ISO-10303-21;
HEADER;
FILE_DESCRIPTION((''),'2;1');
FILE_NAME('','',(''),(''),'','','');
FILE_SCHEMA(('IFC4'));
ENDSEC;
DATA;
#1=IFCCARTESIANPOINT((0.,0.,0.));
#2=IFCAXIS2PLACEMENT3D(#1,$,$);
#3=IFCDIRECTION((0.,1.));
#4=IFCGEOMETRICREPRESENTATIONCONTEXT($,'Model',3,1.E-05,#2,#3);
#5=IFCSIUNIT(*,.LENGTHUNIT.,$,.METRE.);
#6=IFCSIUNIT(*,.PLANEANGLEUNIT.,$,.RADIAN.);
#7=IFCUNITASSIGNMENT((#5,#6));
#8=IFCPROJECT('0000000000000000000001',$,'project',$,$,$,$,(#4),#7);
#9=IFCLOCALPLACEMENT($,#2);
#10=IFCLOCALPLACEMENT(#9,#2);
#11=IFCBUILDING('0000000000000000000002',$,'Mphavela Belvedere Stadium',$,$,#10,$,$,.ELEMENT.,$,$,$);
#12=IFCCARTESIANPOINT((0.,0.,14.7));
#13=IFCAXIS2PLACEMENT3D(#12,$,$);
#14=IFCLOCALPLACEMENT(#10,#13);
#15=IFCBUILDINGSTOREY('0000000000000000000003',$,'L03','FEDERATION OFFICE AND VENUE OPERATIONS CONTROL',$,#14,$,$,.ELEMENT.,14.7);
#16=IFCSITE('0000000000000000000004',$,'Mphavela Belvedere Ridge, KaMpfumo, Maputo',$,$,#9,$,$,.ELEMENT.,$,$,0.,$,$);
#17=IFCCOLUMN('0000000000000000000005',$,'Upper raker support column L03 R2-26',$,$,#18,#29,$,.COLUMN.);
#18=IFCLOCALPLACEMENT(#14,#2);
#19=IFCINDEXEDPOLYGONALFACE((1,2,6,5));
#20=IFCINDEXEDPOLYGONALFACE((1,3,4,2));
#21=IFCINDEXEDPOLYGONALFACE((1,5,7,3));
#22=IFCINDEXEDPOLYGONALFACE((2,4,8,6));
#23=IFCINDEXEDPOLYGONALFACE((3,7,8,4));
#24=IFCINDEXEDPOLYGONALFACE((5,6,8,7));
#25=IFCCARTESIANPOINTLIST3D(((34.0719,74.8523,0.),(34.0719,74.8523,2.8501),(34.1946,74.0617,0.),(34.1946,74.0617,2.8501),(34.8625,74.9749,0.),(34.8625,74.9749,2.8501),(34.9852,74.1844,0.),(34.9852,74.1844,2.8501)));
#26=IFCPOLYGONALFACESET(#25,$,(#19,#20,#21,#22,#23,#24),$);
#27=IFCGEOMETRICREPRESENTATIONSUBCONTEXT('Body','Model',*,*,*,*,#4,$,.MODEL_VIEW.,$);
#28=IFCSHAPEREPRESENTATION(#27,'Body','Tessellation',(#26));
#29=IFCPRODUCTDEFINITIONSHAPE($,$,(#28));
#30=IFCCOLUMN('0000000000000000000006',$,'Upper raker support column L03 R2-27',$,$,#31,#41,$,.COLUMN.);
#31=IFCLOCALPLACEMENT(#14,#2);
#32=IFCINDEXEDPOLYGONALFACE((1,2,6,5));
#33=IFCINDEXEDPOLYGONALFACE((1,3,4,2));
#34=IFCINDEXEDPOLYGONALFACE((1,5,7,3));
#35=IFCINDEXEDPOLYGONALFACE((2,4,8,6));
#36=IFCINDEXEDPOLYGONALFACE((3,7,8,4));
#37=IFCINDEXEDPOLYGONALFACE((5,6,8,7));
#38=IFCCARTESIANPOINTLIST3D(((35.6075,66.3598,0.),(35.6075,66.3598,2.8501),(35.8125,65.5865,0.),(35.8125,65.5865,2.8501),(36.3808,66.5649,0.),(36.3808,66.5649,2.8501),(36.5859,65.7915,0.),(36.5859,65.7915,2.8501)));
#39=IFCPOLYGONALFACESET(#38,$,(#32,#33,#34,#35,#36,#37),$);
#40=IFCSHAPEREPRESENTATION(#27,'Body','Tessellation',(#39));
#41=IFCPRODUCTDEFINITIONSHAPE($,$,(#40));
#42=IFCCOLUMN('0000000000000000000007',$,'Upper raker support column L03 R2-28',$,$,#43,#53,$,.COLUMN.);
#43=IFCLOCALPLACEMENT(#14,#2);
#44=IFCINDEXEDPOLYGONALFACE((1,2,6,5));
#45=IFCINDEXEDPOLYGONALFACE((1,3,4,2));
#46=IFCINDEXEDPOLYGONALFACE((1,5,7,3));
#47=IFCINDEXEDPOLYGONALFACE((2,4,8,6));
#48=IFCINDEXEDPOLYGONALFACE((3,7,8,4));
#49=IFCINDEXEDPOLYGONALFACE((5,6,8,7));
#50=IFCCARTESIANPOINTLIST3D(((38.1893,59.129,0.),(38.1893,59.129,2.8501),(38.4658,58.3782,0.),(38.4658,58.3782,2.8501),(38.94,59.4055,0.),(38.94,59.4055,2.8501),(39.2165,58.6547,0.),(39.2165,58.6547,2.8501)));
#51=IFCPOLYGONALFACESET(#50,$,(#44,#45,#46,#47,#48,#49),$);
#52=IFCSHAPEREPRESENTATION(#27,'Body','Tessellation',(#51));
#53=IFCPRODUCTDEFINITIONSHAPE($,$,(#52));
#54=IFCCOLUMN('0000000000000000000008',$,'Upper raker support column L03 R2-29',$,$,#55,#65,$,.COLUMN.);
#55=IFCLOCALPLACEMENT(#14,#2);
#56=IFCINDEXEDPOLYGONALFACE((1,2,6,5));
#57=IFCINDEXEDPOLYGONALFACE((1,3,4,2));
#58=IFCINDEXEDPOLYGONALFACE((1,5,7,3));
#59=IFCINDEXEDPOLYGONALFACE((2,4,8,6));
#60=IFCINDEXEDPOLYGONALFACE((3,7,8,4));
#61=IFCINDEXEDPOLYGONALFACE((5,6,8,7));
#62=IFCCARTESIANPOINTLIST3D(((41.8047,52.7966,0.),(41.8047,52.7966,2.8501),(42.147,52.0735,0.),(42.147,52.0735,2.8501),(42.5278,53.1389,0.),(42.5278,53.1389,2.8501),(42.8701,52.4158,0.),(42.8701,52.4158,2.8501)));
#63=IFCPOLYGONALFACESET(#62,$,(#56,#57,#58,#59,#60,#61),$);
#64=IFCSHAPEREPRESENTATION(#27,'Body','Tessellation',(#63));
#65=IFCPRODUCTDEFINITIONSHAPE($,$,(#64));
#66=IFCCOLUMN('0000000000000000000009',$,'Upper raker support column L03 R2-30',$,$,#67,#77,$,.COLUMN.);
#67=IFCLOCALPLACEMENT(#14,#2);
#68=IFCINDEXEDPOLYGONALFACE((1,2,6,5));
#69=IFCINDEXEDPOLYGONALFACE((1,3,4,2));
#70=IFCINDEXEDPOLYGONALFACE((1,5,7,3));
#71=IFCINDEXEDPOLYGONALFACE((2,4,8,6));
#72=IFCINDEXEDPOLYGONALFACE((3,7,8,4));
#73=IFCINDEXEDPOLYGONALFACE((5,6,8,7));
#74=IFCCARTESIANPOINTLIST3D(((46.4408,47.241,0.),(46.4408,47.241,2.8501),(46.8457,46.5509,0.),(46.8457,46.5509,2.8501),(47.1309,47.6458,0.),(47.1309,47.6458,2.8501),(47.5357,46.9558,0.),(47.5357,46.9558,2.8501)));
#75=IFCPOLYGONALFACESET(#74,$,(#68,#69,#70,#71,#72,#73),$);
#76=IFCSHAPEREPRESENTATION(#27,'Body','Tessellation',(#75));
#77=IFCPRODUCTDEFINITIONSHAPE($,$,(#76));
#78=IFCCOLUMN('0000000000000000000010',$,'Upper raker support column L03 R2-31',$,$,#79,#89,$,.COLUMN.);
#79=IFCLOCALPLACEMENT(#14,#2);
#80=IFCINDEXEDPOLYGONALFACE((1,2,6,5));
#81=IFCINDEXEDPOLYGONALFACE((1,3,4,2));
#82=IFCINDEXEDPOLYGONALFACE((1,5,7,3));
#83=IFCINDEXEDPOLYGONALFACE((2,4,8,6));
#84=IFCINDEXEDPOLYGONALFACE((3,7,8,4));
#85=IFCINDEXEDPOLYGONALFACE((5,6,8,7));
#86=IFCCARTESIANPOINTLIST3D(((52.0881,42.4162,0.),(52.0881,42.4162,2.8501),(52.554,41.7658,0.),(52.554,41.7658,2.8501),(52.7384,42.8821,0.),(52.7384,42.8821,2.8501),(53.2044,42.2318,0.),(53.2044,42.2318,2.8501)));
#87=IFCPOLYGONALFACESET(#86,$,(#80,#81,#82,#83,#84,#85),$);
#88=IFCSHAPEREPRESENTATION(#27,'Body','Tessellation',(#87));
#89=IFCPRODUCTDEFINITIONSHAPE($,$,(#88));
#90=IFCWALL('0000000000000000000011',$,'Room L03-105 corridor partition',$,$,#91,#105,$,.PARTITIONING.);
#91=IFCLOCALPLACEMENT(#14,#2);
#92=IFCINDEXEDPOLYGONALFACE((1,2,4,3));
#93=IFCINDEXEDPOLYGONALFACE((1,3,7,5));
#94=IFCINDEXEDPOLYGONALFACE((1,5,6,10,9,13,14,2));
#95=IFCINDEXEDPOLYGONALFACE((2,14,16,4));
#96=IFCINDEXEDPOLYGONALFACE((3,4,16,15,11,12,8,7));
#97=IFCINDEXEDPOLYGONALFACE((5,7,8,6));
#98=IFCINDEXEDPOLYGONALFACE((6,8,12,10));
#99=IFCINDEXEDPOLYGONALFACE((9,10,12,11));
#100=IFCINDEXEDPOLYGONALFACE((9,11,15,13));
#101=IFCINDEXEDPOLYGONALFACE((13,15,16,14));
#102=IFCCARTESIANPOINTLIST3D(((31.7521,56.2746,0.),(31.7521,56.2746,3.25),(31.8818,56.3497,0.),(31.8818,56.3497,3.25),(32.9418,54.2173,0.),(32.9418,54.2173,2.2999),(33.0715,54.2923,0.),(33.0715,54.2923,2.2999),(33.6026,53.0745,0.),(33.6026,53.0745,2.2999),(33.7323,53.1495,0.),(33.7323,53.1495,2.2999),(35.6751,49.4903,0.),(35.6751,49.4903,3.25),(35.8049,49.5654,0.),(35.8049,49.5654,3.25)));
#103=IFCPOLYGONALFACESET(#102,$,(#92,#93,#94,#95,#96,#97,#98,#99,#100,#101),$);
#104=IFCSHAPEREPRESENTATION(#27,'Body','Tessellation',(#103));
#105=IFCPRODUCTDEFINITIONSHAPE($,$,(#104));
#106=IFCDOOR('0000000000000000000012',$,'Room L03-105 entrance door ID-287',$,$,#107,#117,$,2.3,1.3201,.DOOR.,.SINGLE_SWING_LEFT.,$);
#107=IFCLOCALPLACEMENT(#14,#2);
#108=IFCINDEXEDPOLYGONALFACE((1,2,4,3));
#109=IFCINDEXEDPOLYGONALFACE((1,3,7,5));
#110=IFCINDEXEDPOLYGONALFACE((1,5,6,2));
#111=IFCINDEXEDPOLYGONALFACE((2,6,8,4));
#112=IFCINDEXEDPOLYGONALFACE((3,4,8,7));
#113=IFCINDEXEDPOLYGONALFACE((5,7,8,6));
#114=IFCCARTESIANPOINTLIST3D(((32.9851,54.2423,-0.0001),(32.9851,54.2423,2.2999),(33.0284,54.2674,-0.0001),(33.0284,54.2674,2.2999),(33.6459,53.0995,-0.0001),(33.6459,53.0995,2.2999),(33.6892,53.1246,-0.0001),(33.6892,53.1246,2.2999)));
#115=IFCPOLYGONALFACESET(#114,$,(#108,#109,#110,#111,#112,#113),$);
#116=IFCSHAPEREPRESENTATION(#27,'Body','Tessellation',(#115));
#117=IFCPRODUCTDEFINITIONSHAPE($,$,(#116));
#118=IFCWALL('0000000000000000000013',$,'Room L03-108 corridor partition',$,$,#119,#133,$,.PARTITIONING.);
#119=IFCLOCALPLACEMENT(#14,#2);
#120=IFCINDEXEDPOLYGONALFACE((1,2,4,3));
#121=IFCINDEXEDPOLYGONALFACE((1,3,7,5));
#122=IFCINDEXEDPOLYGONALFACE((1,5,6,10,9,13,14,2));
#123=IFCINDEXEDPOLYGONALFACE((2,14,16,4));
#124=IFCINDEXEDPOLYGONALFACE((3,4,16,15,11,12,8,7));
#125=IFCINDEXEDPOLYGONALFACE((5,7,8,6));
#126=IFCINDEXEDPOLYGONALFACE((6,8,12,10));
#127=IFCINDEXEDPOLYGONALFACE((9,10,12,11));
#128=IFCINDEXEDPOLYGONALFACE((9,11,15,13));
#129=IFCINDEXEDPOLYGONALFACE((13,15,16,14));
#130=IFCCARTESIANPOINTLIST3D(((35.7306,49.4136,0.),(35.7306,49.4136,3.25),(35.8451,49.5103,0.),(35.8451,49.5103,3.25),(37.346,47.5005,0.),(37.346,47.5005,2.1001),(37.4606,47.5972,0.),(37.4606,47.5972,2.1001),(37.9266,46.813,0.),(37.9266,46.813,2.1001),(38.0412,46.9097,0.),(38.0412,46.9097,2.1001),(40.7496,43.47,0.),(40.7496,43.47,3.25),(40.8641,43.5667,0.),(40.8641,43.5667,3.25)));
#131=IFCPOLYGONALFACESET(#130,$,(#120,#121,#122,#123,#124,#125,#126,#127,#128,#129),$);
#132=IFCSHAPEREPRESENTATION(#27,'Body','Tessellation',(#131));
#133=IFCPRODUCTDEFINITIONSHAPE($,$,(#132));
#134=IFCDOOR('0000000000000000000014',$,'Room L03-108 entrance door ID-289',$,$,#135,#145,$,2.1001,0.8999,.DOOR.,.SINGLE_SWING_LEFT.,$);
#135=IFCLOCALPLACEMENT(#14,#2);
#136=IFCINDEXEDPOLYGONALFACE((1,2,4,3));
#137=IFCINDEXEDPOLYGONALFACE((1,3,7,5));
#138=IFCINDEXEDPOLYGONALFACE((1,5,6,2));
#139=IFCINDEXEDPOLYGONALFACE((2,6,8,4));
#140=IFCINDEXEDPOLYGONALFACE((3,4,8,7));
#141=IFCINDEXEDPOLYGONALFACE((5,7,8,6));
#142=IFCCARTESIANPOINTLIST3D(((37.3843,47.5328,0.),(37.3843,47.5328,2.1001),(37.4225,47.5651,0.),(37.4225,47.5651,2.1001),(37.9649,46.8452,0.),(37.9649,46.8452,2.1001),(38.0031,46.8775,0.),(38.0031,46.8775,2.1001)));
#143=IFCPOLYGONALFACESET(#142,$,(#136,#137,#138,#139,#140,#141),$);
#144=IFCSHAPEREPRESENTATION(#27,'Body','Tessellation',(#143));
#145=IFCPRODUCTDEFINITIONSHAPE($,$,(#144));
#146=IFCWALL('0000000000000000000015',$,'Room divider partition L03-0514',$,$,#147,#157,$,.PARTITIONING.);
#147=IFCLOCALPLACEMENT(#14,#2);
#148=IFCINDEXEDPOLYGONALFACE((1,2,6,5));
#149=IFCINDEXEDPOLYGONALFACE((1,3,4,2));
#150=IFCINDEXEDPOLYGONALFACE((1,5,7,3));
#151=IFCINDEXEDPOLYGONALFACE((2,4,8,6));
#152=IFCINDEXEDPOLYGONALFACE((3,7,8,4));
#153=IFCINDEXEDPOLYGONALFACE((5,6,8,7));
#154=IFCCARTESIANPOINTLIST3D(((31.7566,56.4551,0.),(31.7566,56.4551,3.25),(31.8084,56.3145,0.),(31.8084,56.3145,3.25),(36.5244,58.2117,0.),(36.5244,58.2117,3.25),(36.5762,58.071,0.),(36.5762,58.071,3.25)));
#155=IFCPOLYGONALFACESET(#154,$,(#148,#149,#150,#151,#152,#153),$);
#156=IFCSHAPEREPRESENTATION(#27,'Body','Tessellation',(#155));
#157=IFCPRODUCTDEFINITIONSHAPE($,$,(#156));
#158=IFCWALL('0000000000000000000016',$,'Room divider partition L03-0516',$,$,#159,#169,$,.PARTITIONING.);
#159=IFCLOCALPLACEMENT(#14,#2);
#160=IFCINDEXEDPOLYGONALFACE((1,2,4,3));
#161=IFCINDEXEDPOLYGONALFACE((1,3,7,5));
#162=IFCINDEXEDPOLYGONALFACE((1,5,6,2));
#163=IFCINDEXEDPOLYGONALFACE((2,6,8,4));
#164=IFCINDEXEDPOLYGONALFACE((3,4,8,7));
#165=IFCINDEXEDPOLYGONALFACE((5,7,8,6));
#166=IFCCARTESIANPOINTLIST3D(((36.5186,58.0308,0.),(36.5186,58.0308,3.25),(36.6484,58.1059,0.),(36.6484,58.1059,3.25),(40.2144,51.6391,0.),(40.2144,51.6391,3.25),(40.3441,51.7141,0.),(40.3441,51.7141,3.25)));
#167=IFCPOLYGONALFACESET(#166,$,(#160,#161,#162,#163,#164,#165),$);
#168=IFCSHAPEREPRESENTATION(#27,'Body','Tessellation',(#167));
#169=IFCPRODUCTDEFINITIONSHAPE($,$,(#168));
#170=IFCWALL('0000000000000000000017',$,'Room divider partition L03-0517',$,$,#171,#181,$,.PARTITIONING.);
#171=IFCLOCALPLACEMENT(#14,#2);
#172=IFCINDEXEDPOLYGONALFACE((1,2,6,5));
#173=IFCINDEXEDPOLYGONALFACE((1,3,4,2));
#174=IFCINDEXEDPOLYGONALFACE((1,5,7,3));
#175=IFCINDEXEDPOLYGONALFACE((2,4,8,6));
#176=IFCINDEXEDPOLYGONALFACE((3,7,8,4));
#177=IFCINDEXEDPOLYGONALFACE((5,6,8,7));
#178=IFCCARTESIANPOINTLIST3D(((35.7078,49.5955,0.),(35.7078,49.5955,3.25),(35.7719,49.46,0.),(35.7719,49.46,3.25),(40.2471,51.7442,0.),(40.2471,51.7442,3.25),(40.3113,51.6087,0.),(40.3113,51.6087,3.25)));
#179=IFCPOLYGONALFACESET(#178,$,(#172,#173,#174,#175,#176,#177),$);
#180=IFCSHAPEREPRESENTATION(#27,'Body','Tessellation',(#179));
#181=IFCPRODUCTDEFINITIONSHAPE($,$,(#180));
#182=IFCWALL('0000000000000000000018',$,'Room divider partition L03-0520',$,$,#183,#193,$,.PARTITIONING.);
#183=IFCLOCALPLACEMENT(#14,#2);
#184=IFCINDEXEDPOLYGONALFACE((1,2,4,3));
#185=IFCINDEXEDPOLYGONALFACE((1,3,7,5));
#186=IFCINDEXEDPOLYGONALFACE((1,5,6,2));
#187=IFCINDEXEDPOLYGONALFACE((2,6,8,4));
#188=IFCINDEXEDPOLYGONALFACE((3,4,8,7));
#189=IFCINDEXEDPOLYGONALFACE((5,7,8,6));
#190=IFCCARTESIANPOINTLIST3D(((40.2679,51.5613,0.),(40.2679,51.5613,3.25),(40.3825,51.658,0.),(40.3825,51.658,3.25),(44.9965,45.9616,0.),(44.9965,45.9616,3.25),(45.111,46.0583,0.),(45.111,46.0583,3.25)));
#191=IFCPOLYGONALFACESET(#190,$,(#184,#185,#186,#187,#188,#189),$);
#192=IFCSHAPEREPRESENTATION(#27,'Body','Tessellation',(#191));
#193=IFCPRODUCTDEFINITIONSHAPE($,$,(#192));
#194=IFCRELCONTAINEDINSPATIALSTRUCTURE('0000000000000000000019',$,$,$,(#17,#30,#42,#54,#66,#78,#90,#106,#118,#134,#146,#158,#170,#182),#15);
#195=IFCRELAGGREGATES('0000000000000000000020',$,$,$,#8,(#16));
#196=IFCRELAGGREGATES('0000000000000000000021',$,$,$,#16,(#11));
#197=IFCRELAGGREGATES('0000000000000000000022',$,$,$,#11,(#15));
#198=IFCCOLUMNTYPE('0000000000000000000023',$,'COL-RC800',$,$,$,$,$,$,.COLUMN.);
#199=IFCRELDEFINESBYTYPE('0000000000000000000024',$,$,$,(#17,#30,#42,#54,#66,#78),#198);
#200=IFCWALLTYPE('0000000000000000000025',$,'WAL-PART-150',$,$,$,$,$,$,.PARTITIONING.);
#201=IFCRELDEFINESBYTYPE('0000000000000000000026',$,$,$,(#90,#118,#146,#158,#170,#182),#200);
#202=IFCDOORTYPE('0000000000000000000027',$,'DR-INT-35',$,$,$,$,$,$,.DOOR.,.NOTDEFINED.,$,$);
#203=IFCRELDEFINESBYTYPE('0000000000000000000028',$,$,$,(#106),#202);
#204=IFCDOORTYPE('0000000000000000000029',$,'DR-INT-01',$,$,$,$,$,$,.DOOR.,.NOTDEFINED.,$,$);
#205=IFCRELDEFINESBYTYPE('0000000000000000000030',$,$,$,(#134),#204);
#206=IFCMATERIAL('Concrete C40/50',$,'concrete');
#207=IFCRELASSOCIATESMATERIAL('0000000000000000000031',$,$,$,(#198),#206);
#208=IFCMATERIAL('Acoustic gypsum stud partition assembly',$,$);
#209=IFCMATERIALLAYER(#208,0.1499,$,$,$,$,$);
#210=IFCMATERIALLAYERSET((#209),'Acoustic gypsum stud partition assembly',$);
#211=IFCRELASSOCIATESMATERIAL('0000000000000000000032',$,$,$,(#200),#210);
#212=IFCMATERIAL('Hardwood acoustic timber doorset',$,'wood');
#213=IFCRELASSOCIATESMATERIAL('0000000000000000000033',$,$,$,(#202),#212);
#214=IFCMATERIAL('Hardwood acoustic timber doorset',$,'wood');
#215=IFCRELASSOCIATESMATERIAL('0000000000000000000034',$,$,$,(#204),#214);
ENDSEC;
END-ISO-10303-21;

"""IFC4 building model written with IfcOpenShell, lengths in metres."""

from ifc_helpers import new_model, si_unit, direction, frame, frame_2d, origin, origin_2d, place, context, subcontext, project, spatial, rectangle, extrude, material, layer, layer_set, material_profile, profile_set, type_object, element, fill, save


model = new_model("IFC4")

# Units and contexts
model_context = context("Model", 3, precision=1e-05, world=origin(), true_north=direction((0.0, 1.0)))
body_context = subcontext(model_context, "Body", "Model", "MODEL_VIEW")
ifc_project = project(units=[si_unit("LENGTHUNIT", "METRE"), si_unit("PLANEANGLEUNIT", "RADIAN")], contexts=[model_context])

# Site, building, storey
site_placement = place(None, origin())
site = spatial("IfcSite", under=ifc_project, at=site_placement, Name="Mphavela Belvedere Ridge, KaMpfumo, Maputo", CompositionType="ELEMENT", RefElevation=0.0)
building_placement = place(site_placement, origin())
building = spatial("IfcBuilding", under=site, at=building_placement, Name="Mphavela Belvedere Stadium", CompositionType="ELEMENT")
storey_placement = place(building_placement, frame((0.0, 0.0, 14.7)))
storey = spatial("IfcBuildingStorey", under=building, at=storey_placement, Name="L03", Description="FEDERATION OFFICE AND VENUE OPERATIONS CONTROL", CompositionType="ELEMENT", Elevation=14.7)

# Columns
ifc_material_1 = material(Name="Concrete C40/50", Category="concrete")
ifc_material_profile = material_profile(ifc_material_1, rectangle(XDim=0.8, YDim=0.8, at=origin_2d()), Name="RC 800x800")
ifc_profile_set = profile_set([ifc_material_profile], Name="Concrete C40/50")
column_type = type_object("IfcColumnType", Name="COL-RC800", PredefinedType="COLUMN", material=ifc_profile_set)
for number, where, z_axis, x_axis, name in (
    (1, (34.5286, 74.5183, 0.0), (0.0, 0.0, 1.0), (-0.988175, -0.153331, 0.0), "Upper raker support column L03 R2-26"),
    (2, (36.0967, 66.0757, 0.0), (0.0, 0.0, 1.0), (-0.9666, -0.256289, 0.0), "Upper raker support column L03 R2-27"),
    (3, (38.7029, 58.8918, 0.0), (0.0, 0.0, 1.0), (-0.938372, -0.345626, 0.0), "Upper raker support column L03 R2-28"),
    (4, (42.3374, 52.6062, 0.0), (0.0, 0.0, 1.0), (-0.903859, -0.427831, 0.0), "Upper raker support column L03 R2-29"),
    (5, (46.9883, 47.0984, 0.0), (0.0, 0.0, 1.0), (-0.862514, -0.506034, 0.0), "Upper raker support column L03 R2-30"),
    (6, (52.6462, 42.324, 0.0), (0.0, 0.0, 1.0), (-0.812898, -0.582407, 0.0), "Upper raker support column L03 R2-31"),
):
    element("IfcColumn", number, at=place(storey_placement, frame(where, z_axis=z_axis, x_axis=x_axis)), inside=storey, type_object=column_type, Name=name, PredefinedType="COLUMN", context=body_context, shape_type="SweptSolid", body=[
        extrude(rectangle(XDim=0.8, YDim=0.8, at=origin_2d()), origin(), (0.0, 0.0, 1.0), 2.8501),
    ])

# Walls, openings, doors
ifc_material_2 = material(Name="Acoustic gypsum stud partition assembly")
ifc_layer = layer(ifc_material_2, 0.1499)
ifc_layer_set = layer_set([ifc_layer], Name="Acoustic gypsum stud partition assembly")
wall_type = type_object("IfcWallType", Name="WAL-PART-150", PredefinedType="PARTITIONING", material=ifc_layer_set)
wall_1_placement = place(storey_placement, frame((35.74, 49.5278, 0.0), z_axis=(0.0, 0.0, 1.0), x_axis=(-0.500584, 0.865688, 0.0)))
wall_1 = element("IfcWall", 7, at=wall_1_placement, inside=storey, type_object=wall_type, Name="Room L03-105 corridor partition", PredefinedType="PARTITIONING", context=body_context, shape_type="SweptSolid", body=[
    extrude(rectangle(XDim=7.8369, YDim=0.1499, at=frame_2d((3.9185, 0.0))), origin(), (0.0, 0.0, 1.0), 3.25),
])
opening_1_placement = place(wall_1_placement, frame((4.1401, 0.0, 0.0)))
opening_1 = element("IfcOpeningElement", 8, at=opening_1_placement, cuts=wall_1, PredefinedType="OPENING", context=body_context, shape_type="SweptSolid", body=[
    extrude(rectangle(XDim=1.3201, YDim=2.3, at=frame_2d((0.6602, 1.1499))), frame((0.0, 0.085, 0.0), z_axis=(0.0, -1.0, 0.0), x_axis=(1.0, 0.0, 0.0)), (0.0, 0.0, 1.0), 0.1699),
])
ifc_material_3 = material(Name="Hardwood acoustic timber doorset", Category="wood")
door_type_1 = type_object("IfcDoorType", Name="DR-INT-35", OperationType="NOTDEFINED", PredefinedType="DOOR", material=ifc_material_3)
door_1_placement = place(opening_1_placement, origin())
door_1 = element("IfcDoor", 9, at=door_1_placement, inside=storey, type_object=door_type_1, Name="Room L03-105 entrance door ID-287", OperationType="SINGLE_SWING_LEFT", OverallHeight=2.3, OverallWidth=1.3201, PredefinedType="DOOR", context=body_context, shape_type="SweptSolid", body=[
    extrude(rectangle(XDim=1.3201, YDim=2.3, at=frame_2d((0.6602, 1.1499))), frame((0.0, 0.0249, 0.0), z_axis=(0.0, -1.0, 0.0), x_axis=(1.0, 0.0, 0.0)), (0.0, 0.0, 1.0), 0.05),
])
fill(opening_1, door_1)
wall_2_placement = place(storey_placement, frame((40.8069, 43.5183, 0.0), z_axis=(0.0, 0.0, 1.0), x_axis=(-0.645181, 0.76403, 0.0)))
wall_2 = element("IfcWall", 10, at=wall_2_placement, inside=storey, type_object=wall_type, Name="Room L03-108 corridor partition", PredefinedType="PARTITIONING", context=body_context, shape_type="SweptSolid", body=[
    extrude(rectangle(XDim=7.7793, YDim=0.1499, at=frame_2d((3.8896, 0.0))), origin(), (0.0, 0.0, 1.0), 3.25),
])
opening_2_placement = place(wall_2_placement, frame((4.3755, 0.0, 0.0)))
opening_2 = element("IfcOpeningElement", 11, at=opening_2_placement, cuts=wall_2, PredefinedType="OPENING", context=body_context, shape_type="SweptSolid", body=[
    extrude(rectangle(XDim=0.8999, YDim=2.1001, at=frame_2d((0.45, 1.05))), frame((0.0, 0.085, 0.0), z_axis=(0.0, -1.0, 0.0), x_axis=(1.0, 0.0, 0.0)), (0.0, 0.0, 1.0), 0.1699),
])
ifc_material_4 = material(Name="Hardwood acoustic timber doorset", Category="wood")
door_type_2 = type_object("IfcDoorType", Name="DR-INT-01", OperationType="NOTDEFINED", PredefinedType="DOOR", material=ifc_material_4)
door_2_placement = place(opening_2_placement, origin())
door_2 = element("IfcDoor", 12, at=door_2_placement, inside=storey, type_object=door_type_2, Name="Room L03-108 entrance door ID-289", OperationType="SINGLE_SWING_LEFT", OverallHeight=2.1001, OverallWidth=0.8999, PredefinedType="DOOR", context=body_context, shape_type="SweptSolid", body=[
    extrude(rectangle(XDim=0.8999, YDim=2.1001, at=frame_2d((0.45, 1.05))), frame((0.0, 0.0249, 0.0), z_axis=(0.0, -1.0, 0.0), x_axis=(1.0, 0.0, 0.0)), (0.0, 0.0, 1.0), 0.05),
])
fill(opening_2, door_2)

# Walls
wall_3_placement = place(storey_placement, frame((36.5503, 58.1414, 0.0), z_axis=(0.0, 0.0, 1.0), x_axis=(-0.938341, -0.34571, 0.0)))
element("IfcWall", 13, at=wall_3_placement, inside=storey, type_object=wall_type, Name="Room divider partition L03-0514", PredefinedType="PARTITIONING", context=body_context, shape_type="SweptSolid", body=[
    extrude(rectangle(XDim=5.0811, YDim=0.1499, at=frame_2d((2.5405, 0.0))), origin(), (0.0, 0.0, 1.0), 3.25),
])
wall_4_placement = place(storey_placement, frame((36.5835, 58.0684, 0.0), z_axis=(0.0, 0.0, 1.0), x_axis=(0.500555, -0.865705, 0.0)))
element("IfcWall", 14, at=wall_4_placement, inside=storey, type_object=wall_type, Name="Room divider partition L03-0516", PredefinedType="PARTITIONING", context=body_context, shape_type="SweptSolid", body=[
    extrude(rectangle(XDim=7.3833, YDim=0.1499, at=frame_2d((3.6917, 0.0))), origin(), (0.0, 0.0, 1.0), 3.25),
])
wall_5_placement = place(storey_placement, frame((40.2793, 51.6765, 0.0), z_axis=(0.0, 0.0, 1.0), x_axis=(-0.903855, -0.42784, 0.0)))
element("IfcWall", 15, at=wall_5_placement, inside=storey, type_object=wall_type, Name="Room divider partition L03-0517", PredefinedType="PARTITIONING", context=body_context, shape_type="SweptSolid", body=[
    extrude(rectangle(XDim=5.0222, YDim=0.1499, at=frame_2d((2.5112, 0.0))), origin(), (0.0, 0.0, 1.0), 3.25),
])
wall_6_placement = place(storey_placement, frame((40.3252, 51.6096, 0.0), z_axis=(0.0, 0.0, 1.0), x_axis=(0.645177, -0.764033, 0.0)))
element("IfcWall", 16, at=wall_6_placement, inside=storey, type_object=wall_type, Name="Room divider partition L03-0520", PredefinedType="PARTITIONING", context=body_context, shape_type="SweptSolid", body=[
    extrude(rectangle(XDim=7.3291, YDim=0.1499, at=frame_2d((3.6646, 0.0))), origin(), (0.0, 0.0, 1.0), 3.25),
])

save(model, "model.ifc")
